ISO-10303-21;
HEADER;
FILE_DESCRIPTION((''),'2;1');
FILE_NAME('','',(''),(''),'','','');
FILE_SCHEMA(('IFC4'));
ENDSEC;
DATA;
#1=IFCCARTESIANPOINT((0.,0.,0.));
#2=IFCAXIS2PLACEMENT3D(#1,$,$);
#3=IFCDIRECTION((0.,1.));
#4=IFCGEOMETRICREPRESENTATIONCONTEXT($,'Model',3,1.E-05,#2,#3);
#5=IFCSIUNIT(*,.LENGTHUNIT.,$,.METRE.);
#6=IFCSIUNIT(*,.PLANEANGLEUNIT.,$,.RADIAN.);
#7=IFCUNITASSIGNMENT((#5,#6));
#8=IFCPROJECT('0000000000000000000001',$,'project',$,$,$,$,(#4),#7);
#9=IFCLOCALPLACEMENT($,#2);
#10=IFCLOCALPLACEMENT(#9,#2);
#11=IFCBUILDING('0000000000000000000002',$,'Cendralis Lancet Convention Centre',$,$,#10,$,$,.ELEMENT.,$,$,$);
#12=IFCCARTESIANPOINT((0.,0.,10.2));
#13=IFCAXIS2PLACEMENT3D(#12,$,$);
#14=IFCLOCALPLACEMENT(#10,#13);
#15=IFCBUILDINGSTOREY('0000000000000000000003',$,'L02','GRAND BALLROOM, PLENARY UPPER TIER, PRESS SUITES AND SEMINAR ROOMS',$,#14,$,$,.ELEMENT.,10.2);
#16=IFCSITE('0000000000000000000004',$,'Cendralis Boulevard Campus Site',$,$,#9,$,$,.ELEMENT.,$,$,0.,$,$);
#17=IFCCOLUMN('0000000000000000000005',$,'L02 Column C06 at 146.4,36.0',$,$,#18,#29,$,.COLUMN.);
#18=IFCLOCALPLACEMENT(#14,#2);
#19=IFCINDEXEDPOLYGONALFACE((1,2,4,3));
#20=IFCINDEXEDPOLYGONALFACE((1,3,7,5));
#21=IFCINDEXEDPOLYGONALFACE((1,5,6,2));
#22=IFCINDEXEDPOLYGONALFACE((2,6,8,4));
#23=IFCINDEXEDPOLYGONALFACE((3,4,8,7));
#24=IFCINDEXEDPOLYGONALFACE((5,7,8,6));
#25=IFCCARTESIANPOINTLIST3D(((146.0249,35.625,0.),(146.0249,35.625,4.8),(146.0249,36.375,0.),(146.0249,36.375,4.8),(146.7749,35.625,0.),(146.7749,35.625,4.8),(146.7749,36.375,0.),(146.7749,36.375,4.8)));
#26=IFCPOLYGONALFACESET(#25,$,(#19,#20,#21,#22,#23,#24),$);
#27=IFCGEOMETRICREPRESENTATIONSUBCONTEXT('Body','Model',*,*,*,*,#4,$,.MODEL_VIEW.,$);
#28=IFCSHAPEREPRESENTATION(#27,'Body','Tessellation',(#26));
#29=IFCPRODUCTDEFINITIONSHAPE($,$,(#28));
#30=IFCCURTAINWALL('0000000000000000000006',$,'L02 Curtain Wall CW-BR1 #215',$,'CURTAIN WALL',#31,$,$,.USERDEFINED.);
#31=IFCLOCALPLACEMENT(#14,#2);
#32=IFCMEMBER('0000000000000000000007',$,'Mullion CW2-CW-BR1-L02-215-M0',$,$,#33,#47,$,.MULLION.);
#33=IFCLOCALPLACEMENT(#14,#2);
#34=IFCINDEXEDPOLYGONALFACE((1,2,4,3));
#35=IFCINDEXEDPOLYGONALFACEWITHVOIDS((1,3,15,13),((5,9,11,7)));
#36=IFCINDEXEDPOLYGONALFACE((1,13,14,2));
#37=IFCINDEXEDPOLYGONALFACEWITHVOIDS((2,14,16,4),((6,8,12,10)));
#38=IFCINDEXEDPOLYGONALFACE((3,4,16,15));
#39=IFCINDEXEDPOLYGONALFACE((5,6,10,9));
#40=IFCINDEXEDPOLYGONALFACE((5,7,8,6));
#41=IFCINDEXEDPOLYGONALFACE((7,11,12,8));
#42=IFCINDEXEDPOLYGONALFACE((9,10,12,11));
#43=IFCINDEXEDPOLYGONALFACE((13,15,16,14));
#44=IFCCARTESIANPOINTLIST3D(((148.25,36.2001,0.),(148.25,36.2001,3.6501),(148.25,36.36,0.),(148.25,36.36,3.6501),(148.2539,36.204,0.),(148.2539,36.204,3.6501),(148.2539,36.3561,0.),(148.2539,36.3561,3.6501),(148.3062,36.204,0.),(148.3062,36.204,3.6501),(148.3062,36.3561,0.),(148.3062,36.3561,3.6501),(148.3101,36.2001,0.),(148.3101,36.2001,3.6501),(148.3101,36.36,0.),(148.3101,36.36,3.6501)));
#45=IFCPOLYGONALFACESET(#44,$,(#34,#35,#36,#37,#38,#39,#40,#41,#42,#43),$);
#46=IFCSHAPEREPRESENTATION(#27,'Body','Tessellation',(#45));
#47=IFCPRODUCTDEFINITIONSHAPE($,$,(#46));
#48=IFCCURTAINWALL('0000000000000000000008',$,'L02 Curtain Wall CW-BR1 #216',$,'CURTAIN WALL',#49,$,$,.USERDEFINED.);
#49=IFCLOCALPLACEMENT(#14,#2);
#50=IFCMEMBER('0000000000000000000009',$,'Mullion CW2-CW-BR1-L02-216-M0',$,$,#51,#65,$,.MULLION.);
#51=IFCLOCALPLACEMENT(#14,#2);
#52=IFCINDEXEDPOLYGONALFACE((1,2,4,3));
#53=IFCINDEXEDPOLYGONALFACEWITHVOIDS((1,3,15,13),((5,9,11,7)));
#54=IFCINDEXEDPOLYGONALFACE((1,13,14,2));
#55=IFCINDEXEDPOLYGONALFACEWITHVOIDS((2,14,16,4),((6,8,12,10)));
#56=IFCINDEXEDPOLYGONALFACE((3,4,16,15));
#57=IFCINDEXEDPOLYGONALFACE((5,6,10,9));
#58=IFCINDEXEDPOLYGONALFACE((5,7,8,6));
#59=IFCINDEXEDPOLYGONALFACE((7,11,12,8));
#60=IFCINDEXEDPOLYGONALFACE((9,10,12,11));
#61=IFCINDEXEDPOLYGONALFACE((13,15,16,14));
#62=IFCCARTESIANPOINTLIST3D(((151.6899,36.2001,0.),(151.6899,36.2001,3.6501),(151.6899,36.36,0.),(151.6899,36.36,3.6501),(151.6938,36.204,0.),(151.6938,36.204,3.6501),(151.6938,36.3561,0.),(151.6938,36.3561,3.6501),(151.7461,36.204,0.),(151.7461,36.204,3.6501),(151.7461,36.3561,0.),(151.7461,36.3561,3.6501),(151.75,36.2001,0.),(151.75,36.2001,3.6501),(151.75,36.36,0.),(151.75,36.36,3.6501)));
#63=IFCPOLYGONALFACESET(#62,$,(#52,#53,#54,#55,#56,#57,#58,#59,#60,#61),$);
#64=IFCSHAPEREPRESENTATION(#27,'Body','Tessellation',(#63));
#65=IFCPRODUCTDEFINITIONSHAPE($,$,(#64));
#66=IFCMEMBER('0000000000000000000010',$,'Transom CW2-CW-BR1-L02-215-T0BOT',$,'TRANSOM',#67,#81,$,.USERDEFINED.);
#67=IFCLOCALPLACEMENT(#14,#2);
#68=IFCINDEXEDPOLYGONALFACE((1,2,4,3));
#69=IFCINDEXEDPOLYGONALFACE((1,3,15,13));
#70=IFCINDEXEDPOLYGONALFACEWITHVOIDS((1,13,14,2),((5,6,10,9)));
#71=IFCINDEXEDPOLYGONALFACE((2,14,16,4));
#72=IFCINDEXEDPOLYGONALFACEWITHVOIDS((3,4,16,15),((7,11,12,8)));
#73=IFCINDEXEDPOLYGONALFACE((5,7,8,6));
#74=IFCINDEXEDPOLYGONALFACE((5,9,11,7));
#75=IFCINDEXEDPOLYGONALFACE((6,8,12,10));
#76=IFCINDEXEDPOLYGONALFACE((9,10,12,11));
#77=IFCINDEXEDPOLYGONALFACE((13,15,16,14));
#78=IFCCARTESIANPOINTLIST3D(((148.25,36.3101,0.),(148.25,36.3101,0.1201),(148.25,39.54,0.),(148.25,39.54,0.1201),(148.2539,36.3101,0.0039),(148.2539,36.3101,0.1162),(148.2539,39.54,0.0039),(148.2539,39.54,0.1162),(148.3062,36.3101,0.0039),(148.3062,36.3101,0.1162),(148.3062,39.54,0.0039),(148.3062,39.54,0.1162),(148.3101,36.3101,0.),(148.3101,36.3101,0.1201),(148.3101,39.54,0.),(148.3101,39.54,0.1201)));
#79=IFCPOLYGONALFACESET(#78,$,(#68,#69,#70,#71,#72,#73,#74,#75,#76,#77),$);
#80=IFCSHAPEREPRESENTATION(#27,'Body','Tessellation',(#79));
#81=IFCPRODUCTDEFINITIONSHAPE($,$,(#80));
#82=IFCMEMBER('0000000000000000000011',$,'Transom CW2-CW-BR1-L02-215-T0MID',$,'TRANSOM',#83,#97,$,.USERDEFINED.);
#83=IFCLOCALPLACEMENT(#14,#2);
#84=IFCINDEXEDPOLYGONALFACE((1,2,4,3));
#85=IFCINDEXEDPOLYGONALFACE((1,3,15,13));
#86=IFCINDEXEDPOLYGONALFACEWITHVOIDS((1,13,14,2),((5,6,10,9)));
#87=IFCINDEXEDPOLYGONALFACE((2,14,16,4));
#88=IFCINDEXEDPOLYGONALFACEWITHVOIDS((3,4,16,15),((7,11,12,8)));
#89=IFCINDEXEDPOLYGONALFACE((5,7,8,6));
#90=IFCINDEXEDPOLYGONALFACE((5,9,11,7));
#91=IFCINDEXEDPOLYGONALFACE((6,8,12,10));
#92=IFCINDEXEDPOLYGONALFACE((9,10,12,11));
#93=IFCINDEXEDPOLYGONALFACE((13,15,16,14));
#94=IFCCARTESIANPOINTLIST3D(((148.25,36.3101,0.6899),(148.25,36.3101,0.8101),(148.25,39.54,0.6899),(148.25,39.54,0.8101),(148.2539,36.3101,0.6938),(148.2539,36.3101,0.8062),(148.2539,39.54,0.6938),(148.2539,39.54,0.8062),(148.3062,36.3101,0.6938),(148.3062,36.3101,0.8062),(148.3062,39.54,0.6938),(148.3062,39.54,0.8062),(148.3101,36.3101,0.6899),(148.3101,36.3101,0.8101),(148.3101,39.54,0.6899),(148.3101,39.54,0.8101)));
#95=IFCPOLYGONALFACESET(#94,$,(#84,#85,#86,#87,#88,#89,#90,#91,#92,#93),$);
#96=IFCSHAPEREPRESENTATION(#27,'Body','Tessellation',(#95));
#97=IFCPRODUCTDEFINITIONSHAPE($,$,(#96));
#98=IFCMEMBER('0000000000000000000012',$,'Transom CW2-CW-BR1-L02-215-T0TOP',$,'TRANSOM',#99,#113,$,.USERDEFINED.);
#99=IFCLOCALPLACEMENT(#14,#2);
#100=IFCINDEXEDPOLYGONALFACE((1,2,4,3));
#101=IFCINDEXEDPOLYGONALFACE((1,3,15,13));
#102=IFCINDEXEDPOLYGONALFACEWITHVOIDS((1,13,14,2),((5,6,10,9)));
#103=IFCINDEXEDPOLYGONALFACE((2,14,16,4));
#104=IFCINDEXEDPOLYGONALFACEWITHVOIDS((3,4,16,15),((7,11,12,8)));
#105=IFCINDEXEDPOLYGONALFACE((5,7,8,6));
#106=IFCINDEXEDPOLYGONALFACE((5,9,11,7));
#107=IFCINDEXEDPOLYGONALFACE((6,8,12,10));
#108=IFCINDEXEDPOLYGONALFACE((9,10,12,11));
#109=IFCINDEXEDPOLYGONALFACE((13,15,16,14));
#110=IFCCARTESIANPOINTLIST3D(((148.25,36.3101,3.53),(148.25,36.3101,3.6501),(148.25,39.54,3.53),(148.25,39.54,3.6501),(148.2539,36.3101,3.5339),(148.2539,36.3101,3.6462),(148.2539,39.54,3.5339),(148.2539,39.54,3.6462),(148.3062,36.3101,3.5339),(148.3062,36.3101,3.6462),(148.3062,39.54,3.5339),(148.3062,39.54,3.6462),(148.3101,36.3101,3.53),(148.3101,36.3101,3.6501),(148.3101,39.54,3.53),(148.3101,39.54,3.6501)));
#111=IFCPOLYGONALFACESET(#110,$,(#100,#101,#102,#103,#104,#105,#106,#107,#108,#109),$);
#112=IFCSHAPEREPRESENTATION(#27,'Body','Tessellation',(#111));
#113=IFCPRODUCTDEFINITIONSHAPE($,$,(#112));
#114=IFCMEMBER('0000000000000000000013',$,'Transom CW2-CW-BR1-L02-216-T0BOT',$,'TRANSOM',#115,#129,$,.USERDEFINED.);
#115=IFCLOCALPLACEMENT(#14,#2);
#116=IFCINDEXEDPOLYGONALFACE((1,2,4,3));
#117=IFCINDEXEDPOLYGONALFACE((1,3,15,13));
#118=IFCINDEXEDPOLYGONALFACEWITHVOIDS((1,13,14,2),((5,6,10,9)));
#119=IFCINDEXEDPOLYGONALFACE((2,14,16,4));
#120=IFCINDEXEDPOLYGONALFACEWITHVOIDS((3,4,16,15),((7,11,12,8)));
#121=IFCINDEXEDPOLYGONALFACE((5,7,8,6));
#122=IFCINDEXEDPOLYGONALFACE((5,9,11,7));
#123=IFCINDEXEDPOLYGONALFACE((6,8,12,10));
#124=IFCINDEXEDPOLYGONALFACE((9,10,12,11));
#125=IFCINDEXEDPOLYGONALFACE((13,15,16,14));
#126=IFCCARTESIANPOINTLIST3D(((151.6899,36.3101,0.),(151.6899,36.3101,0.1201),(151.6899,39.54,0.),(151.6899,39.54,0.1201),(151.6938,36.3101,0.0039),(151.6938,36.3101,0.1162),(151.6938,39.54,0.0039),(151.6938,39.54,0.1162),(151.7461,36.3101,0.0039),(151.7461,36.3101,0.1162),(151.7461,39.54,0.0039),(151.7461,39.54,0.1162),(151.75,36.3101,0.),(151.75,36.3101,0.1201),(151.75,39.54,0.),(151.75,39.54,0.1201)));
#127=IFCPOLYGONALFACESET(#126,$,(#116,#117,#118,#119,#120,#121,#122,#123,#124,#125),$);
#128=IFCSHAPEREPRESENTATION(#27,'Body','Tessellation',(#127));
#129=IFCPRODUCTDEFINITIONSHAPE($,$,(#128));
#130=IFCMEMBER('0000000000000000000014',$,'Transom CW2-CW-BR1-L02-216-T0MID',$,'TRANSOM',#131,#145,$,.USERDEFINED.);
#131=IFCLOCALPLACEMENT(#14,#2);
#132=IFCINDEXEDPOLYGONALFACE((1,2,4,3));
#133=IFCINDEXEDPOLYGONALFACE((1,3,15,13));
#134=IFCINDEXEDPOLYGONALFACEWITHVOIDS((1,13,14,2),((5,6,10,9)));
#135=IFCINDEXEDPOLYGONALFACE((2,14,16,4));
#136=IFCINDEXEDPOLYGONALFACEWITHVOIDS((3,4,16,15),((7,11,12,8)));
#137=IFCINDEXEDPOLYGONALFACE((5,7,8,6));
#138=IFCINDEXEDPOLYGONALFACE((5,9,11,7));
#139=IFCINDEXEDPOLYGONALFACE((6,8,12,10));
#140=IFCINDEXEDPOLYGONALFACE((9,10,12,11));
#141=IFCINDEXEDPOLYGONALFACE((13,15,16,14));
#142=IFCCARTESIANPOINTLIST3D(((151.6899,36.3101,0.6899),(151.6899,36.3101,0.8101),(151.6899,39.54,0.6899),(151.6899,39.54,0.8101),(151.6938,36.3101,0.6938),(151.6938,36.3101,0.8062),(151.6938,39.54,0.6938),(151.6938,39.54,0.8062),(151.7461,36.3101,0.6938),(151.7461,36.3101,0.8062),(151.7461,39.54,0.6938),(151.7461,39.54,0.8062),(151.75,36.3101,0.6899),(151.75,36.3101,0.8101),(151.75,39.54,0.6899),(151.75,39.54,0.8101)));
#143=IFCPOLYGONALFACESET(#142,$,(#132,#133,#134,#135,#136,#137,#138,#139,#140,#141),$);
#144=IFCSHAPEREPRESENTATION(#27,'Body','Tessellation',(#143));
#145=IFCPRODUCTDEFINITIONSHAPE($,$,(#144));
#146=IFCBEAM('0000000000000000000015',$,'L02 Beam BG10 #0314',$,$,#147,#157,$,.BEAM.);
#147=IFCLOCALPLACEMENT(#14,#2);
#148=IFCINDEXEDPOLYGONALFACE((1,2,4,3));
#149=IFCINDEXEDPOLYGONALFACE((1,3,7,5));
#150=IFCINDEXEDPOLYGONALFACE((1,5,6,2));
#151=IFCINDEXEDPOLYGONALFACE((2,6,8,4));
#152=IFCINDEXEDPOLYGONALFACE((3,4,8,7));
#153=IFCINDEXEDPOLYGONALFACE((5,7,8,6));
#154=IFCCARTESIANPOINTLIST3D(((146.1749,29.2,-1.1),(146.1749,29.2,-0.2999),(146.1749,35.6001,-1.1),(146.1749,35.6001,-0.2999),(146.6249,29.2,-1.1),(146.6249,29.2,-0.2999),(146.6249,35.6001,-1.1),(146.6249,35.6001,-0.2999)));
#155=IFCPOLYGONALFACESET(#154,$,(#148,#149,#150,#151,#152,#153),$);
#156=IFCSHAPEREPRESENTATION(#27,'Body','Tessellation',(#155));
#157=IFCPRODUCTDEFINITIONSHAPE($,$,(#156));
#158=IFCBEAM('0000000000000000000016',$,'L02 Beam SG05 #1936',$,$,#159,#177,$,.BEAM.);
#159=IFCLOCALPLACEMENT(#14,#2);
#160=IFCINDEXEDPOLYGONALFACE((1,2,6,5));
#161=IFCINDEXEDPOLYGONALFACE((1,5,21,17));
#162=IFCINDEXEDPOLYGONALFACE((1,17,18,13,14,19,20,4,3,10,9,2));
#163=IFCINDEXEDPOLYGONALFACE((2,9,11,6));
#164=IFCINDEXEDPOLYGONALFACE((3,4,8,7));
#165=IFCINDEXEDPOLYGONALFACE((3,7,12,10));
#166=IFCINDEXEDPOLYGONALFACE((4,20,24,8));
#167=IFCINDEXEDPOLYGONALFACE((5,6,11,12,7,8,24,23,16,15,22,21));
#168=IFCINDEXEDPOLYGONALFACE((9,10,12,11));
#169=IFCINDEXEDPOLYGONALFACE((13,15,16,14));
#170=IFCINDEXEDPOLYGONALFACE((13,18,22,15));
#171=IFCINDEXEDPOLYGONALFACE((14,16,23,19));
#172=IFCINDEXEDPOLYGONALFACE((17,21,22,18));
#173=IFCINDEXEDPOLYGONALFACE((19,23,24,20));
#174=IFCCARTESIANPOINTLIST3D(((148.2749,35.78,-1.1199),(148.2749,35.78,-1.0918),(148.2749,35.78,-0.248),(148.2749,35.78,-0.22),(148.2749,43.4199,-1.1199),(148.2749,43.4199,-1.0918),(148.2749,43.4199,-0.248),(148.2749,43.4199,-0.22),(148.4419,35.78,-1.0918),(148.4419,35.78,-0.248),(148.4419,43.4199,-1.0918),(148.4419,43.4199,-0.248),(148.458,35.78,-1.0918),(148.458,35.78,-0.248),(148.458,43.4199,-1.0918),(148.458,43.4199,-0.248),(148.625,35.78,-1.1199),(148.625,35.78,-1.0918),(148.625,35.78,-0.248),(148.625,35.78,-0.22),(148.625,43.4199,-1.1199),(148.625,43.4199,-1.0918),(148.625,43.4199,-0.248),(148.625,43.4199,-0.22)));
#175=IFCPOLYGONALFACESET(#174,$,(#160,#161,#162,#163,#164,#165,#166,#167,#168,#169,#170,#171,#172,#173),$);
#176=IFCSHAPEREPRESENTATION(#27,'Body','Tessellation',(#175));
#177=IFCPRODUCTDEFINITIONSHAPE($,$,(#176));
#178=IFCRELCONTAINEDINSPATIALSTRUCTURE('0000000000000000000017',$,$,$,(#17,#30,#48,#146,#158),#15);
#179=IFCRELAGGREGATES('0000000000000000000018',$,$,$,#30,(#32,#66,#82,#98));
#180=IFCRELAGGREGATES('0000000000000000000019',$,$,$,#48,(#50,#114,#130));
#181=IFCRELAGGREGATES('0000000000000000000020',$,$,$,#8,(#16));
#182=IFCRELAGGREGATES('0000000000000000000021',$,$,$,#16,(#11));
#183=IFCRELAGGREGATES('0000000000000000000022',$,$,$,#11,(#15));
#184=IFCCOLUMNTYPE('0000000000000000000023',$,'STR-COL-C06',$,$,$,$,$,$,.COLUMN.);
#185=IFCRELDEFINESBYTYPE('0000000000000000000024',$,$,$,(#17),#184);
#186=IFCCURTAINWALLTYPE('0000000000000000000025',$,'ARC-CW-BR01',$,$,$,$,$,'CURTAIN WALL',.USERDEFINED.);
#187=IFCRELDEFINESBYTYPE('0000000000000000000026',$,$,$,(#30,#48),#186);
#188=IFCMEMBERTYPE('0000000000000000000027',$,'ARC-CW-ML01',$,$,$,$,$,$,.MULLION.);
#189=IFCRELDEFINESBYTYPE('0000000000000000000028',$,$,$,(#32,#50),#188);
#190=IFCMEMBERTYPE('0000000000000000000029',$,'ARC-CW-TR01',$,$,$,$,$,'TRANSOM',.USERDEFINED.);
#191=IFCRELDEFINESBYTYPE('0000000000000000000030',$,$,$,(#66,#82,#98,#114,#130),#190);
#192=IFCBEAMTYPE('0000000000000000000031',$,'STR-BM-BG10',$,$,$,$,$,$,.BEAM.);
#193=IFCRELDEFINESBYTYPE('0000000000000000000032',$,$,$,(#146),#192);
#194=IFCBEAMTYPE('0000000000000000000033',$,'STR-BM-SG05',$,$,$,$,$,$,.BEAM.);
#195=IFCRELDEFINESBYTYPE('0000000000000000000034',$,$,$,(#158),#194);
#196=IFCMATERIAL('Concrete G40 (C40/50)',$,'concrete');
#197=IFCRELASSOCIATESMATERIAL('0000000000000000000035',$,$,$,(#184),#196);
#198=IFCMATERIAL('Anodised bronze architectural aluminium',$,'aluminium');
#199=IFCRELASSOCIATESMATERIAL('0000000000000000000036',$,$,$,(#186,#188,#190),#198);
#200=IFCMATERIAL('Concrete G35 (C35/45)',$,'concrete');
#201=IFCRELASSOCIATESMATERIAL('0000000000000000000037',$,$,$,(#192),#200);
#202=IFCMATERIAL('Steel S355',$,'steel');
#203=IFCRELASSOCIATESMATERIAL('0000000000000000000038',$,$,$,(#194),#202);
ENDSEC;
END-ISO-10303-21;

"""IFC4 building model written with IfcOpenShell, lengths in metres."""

from ifc_helpers import new_model, si_unit, direction, frame, origin, origin_2d, place, context, subcontext, project, spatial, rectangle, hollow_rectangle, i_section, extrude, material, material_profile, profile_set, type_object, element, aggregate, save


model = new_model("IFC4")

# Units and contexts
model_context = context("Model", 3, precision=1e-05, world=origin(), true_north=direction((0.0, 1.0)))
body_context = subcontext(model_context, "Body", "Model", "MODEL_VIEW")
ifc_project = project(units=[si_unit("LENGTHUNIT", "METRE"), si_unit("PLANEANGLEUNIT", "RADIAN")], contexts=[model_context])

# Site, building, storey
site_placement = place(None, origin())
site = spatial("IfcSite", under=ifc_project, at=site_placement, Name="Cendralis Boulevard Campus Site", CompositionType="ELEMENT", RefElevation=0.0)
building_placement = place(site_placement, origin())
building = spatial("IfcBuilding", under=site, at=building_placement, Name="Cendralis Lancet Convention Centre", CompositionType="ELEMENT")
storey_placement = place(building_placement, frame((0.0, 0.0, 10.2)))
storey = spatial("IfcBuildingStorey", under=building, at=storey_placement, Name="L02", Description="GRAND BALLROOM, PLENARY UPPER TIER, PRESS SUITES AND SEMINAR ROOMS", CompositionType="ELEMENT", Elevation=10.2)

# Column
ifc_material_1 = material(Name="Concrete G40 (C40/50)", Category="concrete")
ifc_material_profile_1 = material_profile(ifc_material_1, rectangle(XDim=0.75, YDim=0.75, at=origin_2d()), Name="RC 750x750")
ifc_profile_set_1 = profile_set([ifc_material_profile_1], Name="Concrete G40 (C40/50)")
column_type = type_object("IfcColumnType", Name="STR-COL-C06", PredefinedType="COLUMN", material=ifc_profile_set_1)
column_placement = place(storey_placement, frame((146.3999, 36.0, 0.0), z_axis=(0.0, 0.0, 1.0), x_axis=(1.0, 0.0, 0.0)))
element("IfcColumn", 1, at=column_placement, inside=storey, type_object=column_type, Name="L02 Column C06 at 146.4,36.0", PredefinedType="COLUMN", context=body_context, shape_type="SweptSolid", body=[
    extrude(rectangle(XDim=0.75, YDim=0.75, at=origin_2d()), origin(), (0.0, 0.0, 1.0), 4.8),
])

# Curtain walls, members
ifc_material_2 = material(Name="Anodised bronze architectural aluminium", Category="aluminium")
curtain_wall_type = type_object("IfcCurtainWallType", Name="ARC-CW-BR01", ElementType="CURTAIN WALL", PredefinedType="USERDEFINED", material=ifc_material_2)
curtain_wall_1_placement = place(storey_placement, origin())
curtain_wall_1 = element("IfcCurtainWall", 2, at=curtain_wall_1_placement, inside=storey, type_object=curtain_wall_type, Name="L02 Curtain Wall CW-BR1 #215", ObjectType="CURTAIN WALL", PredefinedType="USERDEFINED")
ifc_material_profile_2 = material_profile(ifc_material_2, hollow_rectangle(XDim=0.0601, YDim=0.1599, WallThickness=0.0039, at=origin_2d()), Name="AL-MULL 60x160x4.0")
ifc_profile_set_2 = profile_set([ifc_material_profile_2], Name="Anodised bronze architectural aluminium")
member_type_1 = type_object("IfcMemberType", Name="ARC-CW-ML01", PredefinedType="MULLION", material=ifc_profile_set_2)
member_1_placement = place(storey_placement, frame((148.28, 36.28, 0.0), z_axis=(0.0, 0.0, 1.0), x_axis=(1.0, 0.0, 0.0)))
member_1 = element("IfcMember", 3, at=member_1_placement, type_object=member_type_1, Name="Mullion CW2-CW-BR1-L02-215-M0", PredefinedType="MULLION", context=body_context, shape_type="SweptSolid", body=[
    extrude(hollow_rectangle(XDim=0.0601, YDim=0.1599, WallThickness=0.0039, at=origin_2d()), origin(), (0.0, 0.0, 1.0), 3.6501),
])
curtain_wall_2_placement = place(storey_placement, origin())
curtain_wall_2 = element("IfcCurtainWall", 4, at=curtain_wall_2_placement, inside=storey, type_object=curtain_wall_type, Name="L02 Curtain Wall CW-BR1 #216", ObjectType="CURTAIN WALL", PredefinedType="USERDEFINED")
member_2_placement = place(storey_placement, frame((151.72, 36.28, 0.0), z_axis=(0.0, 0.0, 1.0), x_axis=(1.0, 0.0, 0.0)))
member_2 = element("IfcMember", 5, at=member_2_placement, type_object=member_type_1, Name="Mullion CW2-CW-BR1-L02-216-M0", PredefinedType="MULLION", context=body_context, shape_type="SweptSolid", body=[
    extrude(hollow_rectangle(XDim=0.0601, YDim=0.1599, WallThickness=0.0039, at=origin_2d()), origin(), (0.0, 0.0, 1.0), 3.6501),
])

# Members
ifc_material_profile_3 = material_profile(ifc_material_2, hollow_rectangle(XDim=0.0601, YDim=0.1201, WallThickness=0.0039, at=origin_2d()), Name="AL-TRAN 60x120x4.0")
ifc_profile_set_3 = profile_set([ifc_material_profile_3], Name="Anodised bronze architectural aluminium")
member_type_2 = type_object("IfcMemberType", Name="ARC-CW-TR01", ElementType="TRANSOM", PredefinedType="USERDEFINED", material=ifc_profile_set_3)
member_3_placement = place(storey_placement, frame((148.28, 36.3101, 0.0601), z_axis=(0.0, 1.0, 0.0), x_axis=(-1.0, 0.0, 0.0)))
member_3 = element("IfcMember", 6, at=member_3_placement, type_object=member_type_2, Name="Transom CW2-CW-BR1-L02-215-T0BOT", ObjectType="TRANSOM", PredefinedType="USERDEFINED", context=body_context, shape_type="SweptSolid", body=[
    extrude(hollow_rectangle(XDim=0.0601, YDim=0.1201, WallThickness=0.0039, at=origin_2d()), origin(), (0.0, 0.0, 1.0), 3.23),
])
member_4_placement = place(storey_placement, frame((148.28, 36.3101, 0.75), z_axis=(0.0, 1.0, 0.0), x_axis=(-1.0, 0.0, 0.0)))
member_4 = element("IfcMember", 7, at=member_4_placement, type_object=member_type_2, Name="Transom CW2-CW-BR1-L02-215-T0MID", ObjectType="TRANSOM", PredefinedType="USERDEFINED", context=body_context, shape_type="SweptSolid", body=[
    extrude(hollow_rectangle(XDim=0.0601, YDim=0.1201, WallThickness=0.0039, at=origin_2d()), origin(), (0.0, 0.0, 1.0), 3.23),
])
member_5_placement = place(storey_placement, frame((148.28, 36.3101, 3.5901), z_axis=(0.0, 1.0, 0.0), x_axis=(-1.0, 0.0, 0.0)))
member_5 = element("IfcMember", 8, at=member_5_placement, type_object=member_type_2, Name="Transom CW2-CW-BR1-L02-215-T0TOP", ObjectType="TRANSOM", PredefinedType="USERDEFINED", context=body_context, shape_type="SweptSolid", body=[
    extrude(hollow_rectangle(XDim=0.0601, YDim=0.1201, WallThickness=0.0039, at=origin_2d()), origin(), (0.0, 0.0, 1.0), 3.23),
])
aggregate(curtain_wall_1, [member_1, member_3, member_4, member_5])
member_6_placement = place(storey_placement, frame((151.72, 36.3101, 0.0601), z_axis=(0.0, 1.0, 0.0), x_axis=(-1.0, 0.0, 0.0)))
member_6 = element("IfcMember", 9, at=member_6_placement, type_object=member_type_2, Name="Transom CW2-CW-BR1-L02-216-T0BOT", ObjectType="TRANSOM", PredefinedType="USERDEFINED", context=body_context, shape_type="SweptSolid", body=[
    extrude(hollow_rectangle(XDim=0.0601, YDim=0.1201, WallThickness=0.0039, at=origin_2d()), origin(), (0.0, 0.0, 1.0), 3.23),
])
member_7_placement = place(storey_placement, frame((151.72, 36.3101, 0.75), z_axis=(0.0, 1.0, 0.0), x_axis=(-1.0, 0.0, 0.0)))
member_7 = element("IfcMember", 10, at=member_7_placement, type_object=member_type_2, Name="Transom CW2-CW-BR1-L02-216-T0MID", ObjectType="TRANSOM", PredefinedType="USERDEFINED", context=body_context, shape_type="SweptSolid", body=[
    extrude(hollow_rectangle(XDim=0.0601, YDim=0.1201, WallThickness=0.0039, at=origin_2d()), origin(), (0.0, 0.0, 1.0), 3.23),
])
aggregate(curtain_wall_2, [member_2, member_6, member_7])

# Beams
ifc_material_3 = material(Name="Concrete G35 (C35/45)", Category="concrete")
ifc_material_profile_4 = material_profile(ifc_material_3, rectangle(XDim=0.45, YDim=0.8, at=origin_2d()), Name="RCB 450x800")
ifc_profile_set_4 = profile_set([ifc_material_profile_4], Name="Concrete G35 (C35/45)")
beam_type_1 = type_object("IfcBeamType", Name="STR-BM-BG10", PredefinedType="BEAM", material=ifc_profile_set_4)
beam_1_placement = place(storey_placement, frame((146.3999, 29.2, -0.7), z_axis=(0.0, 1.0, 0.0), x_axis=(-1.0, 0.0, 0.0)))
element("IfcBeam", 11, at=beam_1_placement, inside=storey, type_object=beam_type_1, Name="L02 Beam BG10 #0314", PredefinedType="BEAM", context=body_context, shape_type="SweptSolid", body=[
    extrude(rectangle(XDim=0.45, YDim=0.8, at=origin_2d()), origin(), (0.0, 0.0, 1.0), 6.4001),
])
ifc_material_4 = material(Name="Steel S355", Category="steel")
ifc_material_profile_5 = material_profile(ifc_material_4, i_section(OverallWidth=0.3501, OverallDepth=0.8999, WebThickness=0.0161, FlangeThickness=0.0281, at=origin_2d()), Name="PG 900x350")
ifc_profile_set_5 = profile_set([ifc_material_profile_5], Name="Steel S355")
beam_type_2 = type_object("IfcBeamType", Name="STR-BM-SG05", PredefinedType="BEAM", material=ifc_profile_set_5)
for number, where, z_axis, x_axis, name in (
    (12, (148.45, 35.78, -0.6699), (0.0, 1.0, 0.0), (-1.0, 0.0, 0.0), "L02 Beam SG05 #1936"),
):
    element("IfcBeam", number, at=place(storey_placement, frame(where, z_axis=z_axis, x_axis=x_axis)), inside=storey, type_object=beam_type_2, Name=name, PredefinedType="BEAM", context=body_context, shape_type="SweptSolid", body=[
        extrude(i_section(OverallWidth=0.3501, OverallDepth=0.8999, WebThickness=0.0161, FlangeThickness=0.0281, at=origin_2d()), origin(), (0.0, 0.0, 1.0), 7.6399),
    ])

save(model, "model.ifc")
